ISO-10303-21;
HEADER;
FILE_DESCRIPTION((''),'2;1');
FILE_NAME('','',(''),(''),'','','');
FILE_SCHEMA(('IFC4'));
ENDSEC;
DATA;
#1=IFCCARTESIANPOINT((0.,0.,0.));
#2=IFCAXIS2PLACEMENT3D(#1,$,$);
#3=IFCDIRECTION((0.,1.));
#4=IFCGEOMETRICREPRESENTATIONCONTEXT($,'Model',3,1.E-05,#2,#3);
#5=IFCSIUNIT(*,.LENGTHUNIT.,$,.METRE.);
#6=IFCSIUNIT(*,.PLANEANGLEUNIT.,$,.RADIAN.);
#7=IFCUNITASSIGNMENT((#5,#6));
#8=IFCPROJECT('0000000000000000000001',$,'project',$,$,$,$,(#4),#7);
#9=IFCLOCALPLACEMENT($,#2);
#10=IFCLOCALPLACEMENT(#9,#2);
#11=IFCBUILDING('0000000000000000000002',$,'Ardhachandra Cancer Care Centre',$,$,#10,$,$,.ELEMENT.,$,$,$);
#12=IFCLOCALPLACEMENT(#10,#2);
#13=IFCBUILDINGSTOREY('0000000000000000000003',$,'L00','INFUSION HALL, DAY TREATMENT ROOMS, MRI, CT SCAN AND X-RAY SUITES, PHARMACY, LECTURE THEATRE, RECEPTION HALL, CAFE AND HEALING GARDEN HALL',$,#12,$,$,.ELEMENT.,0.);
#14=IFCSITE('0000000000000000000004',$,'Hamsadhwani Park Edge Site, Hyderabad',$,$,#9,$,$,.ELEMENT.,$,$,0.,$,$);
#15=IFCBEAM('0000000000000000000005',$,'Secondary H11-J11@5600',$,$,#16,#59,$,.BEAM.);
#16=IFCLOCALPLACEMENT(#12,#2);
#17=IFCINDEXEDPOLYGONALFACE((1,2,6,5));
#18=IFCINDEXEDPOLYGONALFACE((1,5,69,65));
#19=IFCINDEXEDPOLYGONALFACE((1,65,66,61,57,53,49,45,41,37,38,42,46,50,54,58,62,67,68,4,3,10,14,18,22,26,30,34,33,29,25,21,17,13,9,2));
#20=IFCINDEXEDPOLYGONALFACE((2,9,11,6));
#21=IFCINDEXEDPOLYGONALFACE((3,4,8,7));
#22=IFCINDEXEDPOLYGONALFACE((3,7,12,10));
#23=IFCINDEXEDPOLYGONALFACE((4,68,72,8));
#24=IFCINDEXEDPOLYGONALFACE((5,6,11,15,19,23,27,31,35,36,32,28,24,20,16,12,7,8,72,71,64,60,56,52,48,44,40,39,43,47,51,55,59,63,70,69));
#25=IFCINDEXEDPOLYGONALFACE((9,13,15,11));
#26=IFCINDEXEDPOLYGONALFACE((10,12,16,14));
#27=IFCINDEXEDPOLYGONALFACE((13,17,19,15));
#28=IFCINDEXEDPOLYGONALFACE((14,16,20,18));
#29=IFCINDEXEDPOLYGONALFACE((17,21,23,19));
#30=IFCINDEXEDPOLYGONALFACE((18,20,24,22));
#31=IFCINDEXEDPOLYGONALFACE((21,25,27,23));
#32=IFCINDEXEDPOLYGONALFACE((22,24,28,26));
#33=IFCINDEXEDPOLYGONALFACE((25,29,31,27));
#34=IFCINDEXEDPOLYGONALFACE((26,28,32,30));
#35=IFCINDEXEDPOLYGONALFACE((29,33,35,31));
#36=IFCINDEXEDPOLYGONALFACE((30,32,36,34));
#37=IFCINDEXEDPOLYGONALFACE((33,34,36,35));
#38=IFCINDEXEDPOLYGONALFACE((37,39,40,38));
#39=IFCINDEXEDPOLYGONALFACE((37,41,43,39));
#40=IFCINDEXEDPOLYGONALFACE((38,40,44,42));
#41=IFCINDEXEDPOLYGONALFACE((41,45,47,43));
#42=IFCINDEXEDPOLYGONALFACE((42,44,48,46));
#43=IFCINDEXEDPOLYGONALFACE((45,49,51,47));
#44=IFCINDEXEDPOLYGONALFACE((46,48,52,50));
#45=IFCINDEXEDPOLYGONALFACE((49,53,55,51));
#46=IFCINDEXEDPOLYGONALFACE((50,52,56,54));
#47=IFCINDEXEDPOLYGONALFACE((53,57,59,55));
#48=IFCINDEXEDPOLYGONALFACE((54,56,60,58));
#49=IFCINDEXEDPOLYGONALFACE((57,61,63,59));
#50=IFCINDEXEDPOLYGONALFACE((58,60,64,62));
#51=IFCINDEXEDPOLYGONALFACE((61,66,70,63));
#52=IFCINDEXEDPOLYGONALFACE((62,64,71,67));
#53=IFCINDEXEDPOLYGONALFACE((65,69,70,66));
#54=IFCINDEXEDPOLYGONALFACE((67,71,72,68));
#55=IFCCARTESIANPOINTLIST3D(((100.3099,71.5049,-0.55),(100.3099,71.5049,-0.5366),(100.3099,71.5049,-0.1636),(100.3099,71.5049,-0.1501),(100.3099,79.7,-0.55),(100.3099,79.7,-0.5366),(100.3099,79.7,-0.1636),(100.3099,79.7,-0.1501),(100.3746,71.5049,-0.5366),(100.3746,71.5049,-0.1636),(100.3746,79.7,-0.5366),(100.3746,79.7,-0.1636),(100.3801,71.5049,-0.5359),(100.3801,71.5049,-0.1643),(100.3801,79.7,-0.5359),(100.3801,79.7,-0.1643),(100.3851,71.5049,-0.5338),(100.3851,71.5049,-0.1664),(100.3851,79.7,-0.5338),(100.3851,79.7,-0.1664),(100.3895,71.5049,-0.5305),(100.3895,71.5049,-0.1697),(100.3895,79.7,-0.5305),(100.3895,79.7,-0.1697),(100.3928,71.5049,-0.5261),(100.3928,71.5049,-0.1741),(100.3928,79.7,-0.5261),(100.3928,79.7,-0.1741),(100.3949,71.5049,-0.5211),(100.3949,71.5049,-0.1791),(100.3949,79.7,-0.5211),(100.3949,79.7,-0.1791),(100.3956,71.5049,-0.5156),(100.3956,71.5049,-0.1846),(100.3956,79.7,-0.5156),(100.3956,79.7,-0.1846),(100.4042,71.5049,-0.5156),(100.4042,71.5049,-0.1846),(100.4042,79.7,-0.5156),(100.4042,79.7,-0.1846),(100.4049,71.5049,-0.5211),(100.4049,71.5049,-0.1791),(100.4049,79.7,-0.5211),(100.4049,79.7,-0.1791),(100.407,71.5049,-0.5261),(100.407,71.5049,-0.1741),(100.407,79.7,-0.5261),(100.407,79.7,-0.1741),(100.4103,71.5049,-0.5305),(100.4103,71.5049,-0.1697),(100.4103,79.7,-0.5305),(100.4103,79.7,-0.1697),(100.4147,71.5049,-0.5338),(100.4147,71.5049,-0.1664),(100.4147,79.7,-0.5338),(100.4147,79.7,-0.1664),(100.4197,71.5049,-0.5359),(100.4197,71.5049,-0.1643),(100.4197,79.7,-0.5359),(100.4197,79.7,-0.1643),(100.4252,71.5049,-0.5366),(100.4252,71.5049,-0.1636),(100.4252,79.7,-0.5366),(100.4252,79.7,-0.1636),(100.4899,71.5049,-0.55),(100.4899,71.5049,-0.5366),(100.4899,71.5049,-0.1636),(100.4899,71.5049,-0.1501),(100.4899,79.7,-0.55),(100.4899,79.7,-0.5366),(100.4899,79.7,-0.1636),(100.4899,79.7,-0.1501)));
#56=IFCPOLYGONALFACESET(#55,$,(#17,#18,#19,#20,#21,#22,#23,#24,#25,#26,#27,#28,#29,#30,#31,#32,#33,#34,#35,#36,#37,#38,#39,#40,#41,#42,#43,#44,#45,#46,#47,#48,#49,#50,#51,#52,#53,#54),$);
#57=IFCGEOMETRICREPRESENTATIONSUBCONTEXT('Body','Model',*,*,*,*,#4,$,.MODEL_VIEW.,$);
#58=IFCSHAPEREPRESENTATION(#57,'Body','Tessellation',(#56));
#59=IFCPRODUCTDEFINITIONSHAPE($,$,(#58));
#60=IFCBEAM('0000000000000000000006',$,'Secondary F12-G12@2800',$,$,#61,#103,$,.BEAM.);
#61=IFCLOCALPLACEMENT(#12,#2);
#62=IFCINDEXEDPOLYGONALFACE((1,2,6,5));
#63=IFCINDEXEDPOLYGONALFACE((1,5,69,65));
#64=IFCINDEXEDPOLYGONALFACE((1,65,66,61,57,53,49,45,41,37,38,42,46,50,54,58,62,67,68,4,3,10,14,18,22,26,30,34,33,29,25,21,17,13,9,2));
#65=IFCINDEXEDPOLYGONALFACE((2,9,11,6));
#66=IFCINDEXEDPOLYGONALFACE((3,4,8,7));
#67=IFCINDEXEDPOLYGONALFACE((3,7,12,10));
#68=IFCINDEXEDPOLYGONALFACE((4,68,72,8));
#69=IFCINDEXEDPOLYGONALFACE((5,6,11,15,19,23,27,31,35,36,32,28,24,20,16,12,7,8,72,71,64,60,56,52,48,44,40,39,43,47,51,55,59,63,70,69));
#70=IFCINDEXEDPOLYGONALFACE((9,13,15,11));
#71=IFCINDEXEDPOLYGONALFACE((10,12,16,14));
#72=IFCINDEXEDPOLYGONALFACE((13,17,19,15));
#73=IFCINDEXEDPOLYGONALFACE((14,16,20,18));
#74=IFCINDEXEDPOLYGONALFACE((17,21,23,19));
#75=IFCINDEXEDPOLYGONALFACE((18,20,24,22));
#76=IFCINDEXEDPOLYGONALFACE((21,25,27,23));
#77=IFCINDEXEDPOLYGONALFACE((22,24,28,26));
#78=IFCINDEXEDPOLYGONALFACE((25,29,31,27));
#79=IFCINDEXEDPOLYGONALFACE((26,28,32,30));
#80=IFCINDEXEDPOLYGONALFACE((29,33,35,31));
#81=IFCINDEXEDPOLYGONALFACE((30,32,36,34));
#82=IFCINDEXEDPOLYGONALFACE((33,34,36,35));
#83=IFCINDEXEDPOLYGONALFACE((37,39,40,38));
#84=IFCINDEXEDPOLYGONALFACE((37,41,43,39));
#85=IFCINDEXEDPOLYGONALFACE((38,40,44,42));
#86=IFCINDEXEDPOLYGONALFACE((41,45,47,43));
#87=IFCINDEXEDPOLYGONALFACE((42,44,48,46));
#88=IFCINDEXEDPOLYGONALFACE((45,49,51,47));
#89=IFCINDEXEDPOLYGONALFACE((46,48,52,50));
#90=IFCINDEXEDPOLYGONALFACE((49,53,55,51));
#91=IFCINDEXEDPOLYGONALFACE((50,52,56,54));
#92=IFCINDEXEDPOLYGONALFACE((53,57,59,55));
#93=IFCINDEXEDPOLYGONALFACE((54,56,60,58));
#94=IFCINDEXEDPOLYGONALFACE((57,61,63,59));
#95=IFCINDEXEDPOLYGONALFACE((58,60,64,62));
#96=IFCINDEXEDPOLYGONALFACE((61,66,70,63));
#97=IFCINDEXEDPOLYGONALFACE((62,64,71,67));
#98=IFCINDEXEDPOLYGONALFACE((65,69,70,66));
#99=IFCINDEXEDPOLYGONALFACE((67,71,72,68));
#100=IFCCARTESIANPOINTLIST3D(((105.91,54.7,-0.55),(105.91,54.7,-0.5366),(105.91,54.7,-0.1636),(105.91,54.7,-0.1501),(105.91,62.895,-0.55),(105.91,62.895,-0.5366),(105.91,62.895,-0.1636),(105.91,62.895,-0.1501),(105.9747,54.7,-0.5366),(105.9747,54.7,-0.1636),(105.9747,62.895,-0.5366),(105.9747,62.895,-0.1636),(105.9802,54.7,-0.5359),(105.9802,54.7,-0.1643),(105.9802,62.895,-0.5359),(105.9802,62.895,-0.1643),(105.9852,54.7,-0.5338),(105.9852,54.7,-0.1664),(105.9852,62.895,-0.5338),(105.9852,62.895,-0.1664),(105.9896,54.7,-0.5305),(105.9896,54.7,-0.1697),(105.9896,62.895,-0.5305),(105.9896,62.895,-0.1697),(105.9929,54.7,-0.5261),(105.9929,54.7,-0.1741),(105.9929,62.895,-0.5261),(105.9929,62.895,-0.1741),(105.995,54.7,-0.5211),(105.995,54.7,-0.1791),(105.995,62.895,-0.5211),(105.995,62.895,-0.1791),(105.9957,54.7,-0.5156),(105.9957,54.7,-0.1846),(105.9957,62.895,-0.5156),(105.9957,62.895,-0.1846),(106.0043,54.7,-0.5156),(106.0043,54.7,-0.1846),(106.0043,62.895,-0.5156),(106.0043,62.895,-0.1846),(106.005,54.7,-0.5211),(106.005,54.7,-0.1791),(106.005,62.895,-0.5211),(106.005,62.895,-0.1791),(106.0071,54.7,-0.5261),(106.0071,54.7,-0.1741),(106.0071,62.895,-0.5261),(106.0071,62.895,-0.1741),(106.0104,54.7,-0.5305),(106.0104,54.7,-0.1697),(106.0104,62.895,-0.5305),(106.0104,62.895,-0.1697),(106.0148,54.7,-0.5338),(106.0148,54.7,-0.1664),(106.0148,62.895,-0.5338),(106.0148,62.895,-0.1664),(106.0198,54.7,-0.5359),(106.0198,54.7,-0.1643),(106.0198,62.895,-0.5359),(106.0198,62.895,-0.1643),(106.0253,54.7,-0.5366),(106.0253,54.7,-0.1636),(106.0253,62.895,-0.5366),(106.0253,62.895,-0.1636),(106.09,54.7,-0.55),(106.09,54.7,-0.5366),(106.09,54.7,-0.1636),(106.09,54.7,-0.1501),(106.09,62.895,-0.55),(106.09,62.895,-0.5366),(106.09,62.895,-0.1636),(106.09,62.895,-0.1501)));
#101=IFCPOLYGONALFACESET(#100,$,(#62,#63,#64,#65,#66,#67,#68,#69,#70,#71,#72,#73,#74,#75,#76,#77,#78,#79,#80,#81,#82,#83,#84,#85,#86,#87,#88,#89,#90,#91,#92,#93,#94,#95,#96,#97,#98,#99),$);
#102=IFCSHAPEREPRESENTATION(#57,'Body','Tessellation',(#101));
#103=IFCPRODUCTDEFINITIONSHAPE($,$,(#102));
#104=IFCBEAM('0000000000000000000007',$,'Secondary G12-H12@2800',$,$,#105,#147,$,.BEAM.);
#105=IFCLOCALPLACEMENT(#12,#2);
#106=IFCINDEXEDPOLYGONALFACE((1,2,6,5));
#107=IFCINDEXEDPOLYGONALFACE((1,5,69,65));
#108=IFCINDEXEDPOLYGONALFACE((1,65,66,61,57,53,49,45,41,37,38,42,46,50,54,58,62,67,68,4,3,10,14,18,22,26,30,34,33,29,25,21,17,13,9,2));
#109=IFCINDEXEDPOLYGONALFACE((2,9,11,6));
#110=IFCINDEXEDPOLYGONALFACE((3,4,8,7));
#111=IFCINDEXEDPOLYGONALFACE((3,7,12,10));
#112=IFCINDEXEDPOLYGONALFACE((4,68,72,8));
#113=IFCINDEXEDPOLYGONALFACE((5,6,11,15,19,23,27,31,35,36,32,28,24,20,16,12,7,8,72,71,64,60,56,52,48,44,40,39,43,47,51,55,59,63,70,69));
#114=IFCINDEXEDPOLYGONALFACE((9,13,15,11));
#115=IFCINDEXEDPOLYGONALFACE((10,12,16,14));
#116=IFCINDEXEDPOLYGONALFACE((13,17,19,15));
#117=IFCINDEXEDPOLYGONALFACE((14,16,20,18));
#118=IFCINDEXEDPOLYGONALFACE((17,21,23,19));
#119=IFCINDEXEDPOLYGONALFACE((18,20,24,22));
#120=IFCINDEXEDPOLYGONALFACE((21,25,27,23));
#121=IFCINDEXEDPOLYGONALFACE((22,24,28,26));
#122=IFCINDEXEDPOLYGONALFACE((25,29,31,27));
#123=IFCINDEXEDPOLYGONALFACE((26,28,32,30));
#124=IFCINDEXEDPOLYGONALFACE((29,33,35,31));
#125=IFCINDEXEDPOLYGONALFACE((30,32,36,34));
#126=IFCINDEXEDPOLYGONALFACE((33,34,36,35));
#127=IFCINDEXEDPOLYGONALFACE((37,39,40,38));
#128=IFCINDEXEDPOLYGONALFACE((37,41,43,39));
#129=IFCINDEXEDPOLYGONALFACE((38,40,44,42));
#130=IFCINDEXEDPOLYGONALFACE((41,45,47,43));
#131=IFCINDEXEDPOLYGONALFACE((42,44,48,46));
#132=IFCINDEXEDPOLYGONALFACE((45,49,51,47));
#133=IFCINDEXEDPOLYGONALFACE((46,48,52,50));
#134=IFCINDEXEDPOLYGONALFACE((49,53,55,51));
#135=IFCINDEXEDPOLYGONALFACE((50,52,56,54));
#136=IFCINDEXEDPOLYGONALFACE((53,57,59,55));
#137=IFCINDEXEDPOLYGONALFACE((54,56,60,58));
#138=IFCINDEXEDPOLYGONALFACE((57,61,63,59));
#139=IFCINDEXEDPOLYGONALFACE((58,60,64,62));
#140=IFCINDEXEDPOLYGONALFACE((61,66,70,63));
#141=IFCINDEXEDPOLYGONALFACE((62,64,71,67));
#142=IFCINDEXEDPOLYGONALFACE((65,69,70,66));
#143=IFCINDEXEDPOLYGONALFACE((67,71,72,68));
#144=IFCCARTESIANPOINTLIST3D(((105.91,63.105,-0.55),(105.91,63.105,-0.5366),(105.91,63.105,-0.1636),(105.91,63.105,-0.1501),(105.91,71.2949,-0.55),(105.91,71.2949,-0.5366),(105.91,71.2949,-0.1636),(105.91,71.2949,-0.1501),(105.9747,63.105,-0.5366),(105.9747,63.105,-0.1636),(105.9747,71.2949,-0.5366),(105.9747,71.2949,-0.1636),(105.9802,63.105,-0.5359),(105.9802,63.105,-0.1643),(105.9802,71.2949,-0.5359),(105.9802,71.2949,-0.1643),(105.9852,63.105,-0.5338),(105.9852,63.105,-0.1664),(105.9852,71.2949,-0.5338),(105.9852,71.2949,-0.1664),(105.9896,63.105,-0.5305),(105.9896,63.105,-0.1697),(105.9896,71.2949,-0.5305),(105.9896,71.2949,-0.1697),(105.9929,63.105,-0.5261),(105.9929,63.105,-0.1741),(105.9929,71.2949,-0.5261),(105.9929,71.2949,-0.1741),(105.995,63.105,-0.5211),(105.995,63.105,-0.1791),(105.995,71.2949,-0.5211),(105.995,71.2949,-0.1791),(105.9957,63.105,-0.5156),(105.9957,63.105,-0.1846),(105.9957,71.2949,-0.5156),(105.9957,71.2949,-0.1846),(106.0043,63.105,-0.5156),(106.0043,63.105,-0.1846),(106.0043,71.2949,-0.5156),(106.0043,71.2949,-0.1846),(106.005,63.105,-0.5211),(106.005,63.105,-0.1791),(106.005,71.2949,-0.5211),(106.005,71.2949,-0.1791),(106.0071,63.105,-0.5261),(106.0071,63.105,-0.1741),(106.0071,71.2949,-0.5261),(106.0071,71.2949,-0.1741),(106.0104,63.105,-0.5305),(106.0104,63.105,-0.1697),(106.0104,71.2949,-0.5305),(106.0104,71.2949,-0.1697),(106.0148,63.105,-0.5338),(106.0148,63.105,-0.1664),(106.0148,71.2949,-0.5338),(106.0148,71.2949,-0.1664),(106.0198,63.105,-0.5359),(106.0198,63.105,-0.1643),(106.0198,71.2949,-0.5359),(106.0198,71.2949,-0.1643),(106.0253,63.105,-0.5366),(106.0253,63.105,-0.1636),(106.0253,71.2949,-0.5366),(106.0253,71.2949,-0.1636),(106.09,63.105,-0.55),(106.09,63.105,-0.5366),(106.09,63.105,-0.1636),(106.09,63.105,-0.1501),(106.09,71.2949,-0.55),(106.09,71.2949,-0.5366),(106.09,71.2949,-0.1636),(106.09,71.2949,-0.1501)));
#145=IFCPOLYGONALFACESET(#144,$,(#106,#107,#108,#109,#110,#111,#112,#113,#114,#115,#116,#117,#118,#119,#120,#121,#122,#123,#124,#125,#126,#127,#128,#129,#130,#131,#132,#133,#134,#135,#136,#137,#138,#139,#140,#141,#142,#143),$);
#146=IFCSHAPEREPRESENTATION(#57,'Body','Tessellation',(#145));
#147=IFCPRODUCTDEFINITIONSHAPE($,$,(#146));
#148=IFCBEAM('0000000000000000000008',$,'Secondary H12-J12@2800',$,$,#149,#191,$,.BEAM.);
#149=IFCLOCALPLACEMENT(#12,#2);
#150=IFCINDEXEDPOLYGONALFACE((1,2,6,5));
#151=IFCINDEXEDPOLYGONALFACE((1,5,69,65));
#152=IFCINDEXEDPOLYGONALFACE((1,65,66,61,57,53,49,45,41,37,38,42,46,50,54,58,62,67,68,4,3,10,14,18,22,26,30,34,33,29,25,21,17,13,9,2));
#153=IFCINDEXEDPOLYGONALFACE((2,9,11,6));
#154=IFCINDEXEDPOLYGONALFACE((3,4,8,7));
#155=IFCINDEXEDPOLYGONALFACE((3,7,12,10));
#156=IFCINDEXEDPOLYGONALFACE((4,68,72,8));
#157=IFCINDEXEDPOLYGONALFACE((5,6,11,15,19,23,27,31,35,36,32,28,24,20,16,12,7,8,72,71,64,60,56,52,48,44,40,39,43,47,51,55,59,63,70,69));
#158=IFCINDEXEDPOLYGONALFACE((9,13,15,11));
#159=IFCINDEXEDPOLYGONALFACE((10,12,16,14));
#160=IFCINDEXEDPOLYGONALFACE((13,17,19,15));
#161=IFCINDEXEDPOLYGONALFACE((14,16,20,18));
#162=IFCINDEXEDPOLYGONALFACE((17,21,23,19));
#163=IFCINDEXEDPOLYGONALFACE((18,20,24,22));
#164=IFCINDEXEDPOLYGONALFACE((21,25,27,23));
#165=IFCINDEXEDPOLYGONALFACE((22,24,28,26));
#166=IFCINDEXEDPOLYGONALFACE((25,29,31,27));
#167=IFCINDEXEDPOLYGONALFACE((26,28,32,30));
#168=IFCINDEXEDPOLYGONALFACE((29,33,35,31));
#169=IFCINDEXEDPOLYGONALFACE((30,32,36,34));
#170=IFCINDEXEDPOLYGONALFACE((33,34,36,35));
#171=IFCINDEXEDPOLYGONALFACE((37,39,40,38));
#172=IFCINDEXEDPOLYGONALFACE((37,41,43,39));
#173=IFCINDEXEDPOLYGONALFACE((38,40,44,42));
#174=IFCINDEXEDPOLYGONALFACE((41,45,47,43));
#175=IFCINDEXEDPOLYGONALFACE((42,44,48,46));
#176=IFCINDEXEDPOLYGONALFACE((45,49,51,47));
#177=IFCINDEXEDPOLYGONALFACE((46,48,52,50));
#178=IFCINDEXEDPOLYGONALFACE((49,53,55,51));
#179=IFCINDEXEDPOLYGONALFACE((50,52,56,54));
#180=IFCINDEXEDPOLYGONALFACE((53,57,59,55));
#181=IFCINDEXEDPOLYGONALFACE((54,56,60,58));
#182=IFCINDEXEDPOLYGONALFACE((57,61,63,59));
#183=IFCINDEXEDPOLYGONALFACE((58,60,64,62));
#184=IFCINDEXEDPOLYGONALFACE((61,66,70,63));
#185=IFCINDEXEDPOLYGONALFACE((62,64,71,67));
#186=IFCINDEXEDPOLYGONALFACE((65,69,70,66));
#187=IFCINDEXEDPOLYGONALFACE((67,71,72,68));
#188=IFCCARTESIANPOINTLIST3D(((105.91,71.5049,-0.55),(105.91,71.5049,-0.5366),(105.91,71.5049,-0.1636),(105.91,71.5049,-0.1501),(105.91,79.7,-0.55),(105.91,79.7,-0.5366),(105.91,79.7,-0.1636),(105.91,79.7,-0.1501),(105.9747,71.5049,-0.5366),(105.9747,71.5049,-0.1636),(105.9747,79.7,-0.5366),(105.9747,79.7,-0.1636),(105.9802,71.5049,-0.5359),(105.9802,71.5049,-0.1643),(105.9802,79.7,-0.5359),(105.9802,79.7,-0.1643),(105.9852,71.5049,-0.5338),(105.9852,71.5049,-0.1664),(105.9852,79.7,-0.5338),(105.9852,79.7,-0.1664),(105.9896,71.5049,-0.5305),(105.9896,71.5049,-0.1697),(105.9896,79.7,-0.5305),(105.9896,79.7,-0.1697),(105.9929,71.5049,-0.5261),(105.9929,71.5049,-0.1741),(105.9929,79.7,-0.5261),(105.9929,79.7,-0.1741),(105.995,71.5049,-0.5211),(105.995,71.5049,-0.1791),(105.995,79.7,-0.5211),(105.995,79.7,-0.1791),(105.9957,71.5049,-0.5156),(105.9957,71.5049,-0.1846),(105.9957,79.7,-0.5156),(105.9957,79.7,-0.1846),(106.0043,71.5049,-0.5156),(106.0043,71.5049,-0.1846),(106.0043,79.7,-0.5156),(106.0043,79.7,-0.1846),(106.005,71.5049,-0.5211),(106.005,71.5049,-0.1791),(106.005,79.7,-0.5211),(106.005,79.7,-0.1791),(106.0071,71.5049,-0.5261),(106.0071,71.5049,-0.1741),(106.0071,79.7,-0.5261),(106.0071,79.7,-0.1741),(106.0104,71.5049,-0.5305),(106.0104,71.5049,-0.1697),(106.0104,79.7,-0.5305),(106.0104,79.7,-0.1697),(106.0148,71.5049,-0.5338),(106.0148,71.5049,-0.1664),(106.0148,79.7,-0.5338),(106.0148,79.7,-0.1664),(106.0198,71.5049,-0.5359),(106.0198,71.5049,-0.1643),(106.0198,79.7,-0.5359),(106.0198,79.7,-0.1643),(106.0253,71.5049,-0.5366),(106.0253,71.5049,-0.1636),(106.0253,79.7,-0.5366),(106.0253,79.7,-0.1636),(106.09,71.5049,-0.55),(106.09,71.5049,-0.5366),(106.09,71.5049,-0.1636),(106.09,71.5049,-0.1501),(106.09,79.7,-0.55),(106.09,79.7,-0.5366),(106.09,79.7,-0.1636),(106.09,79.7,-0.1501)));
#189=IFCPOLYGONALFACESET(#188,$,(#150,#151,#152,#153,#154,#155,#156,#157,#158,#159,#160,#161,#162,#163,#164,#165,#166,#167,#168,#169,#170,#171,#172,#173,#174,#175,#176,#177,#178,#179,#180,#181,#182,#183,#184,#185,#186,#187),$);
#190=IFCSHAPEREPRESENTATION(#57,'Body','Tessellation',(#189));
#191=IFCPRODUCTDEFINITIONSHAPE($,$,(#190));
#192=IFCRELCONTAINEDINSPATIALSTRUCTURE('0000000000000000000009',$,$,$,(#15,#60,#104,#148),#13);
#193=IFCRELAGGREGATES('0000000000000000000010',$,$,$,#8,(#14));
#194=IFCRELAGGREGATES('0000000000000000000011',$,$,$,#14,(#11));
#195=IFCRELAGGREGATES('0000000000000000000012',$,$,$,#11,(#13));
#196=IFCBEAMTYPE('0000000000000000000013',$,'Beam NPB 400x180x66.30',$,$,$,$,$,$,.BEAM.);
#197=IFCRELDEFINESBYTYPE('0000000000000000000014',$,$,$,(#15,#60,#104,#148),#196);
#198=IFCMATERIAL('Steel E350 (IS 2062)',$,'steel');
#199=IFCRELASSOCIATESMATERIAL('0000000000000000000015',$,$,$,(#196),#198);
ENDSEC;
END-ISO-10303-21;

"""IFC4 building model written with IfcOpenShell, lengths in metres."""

from ifc_helpers import new_model, si_unit, direction, frame, origin, origin_2d, place, context, subcontext, project, spatial, i_section, extrude, material, material_profile, profile_set, type_object, element, save


model = new_model("IFC4")

# Units and contexts
model_context = context("Model", 3, precision=1e-05, world=origin(), true_north=direction((0.0, 1.0)))
body_context = subcontext(model_context, "Body", "Model", "MODEL_VIEW")
ifc_project = project(units=[si_unit("LENGTHUNIT", "METRE"), si_unit("PLANEANGLEUNIT", "RADIAN")], contexts=[model_context])

# Site, building, storey
site_placement = place(None, origin())
site = spatial("IfcSite", under=ifc_project, at=site_placement, Name="Hamsadhwani Park Edge Site, Hyderabad", CompositionType="ELEMENT", RefElevation=0.0)
building_placement = place(site_placement, origin())
building = spatial("IfcBuilding", under=site, at=building_placement, Name="Ardhachandra Cancer Care Centre", CompositionType="ELEMENT")
storey_placement = place(building_placement, origin())
storey = spatial("IfcBuildingStorey", under=building, at=storey_placement, Name="L00", Description="INFUSION HALL, DAY TREATMENT ROOMS, MRI, CT SCAN AND X-RAY SUITES, PHARMACY, LECTURE THEATRE, RECEPTION HALL, CAFE AND HEALING GARDEN HALL", CompositionType="ELEMENT", Elevation=0.0)

# Beams
ifc_material_1 = material(Name="Steel E350 (IS 2062)", Category="steel")
ifc_material_profile_1 = material_profile(ifc_material_1, i_section(OverallWidth=0.1799, OverallDepth=0.3999, WebThickness=0.0085, FlangeThickness=0.0134, FilletRadius=0.021, at=origin_2d()), Name="NPB 400x180x66.30")
ifc_profile_set_1 = profile_set([ifc_material_profile_1], Name="Steel E350 (IS 2062)")
beam_type_1 = type_object("IfcBeamType", Name="Beam NPB 400x180x66.30", PredefinedType="BEAM", material=ifc_profile_set_1)
for number, where, z_axis, x_axis, name in (
    (1, (100.3999, 71.5049, -0.3501), (0.0, 1.0, 0.0), (-1.0, 0.0, 0.0), "Secondary H11-J11@5600"),
    (2, (106.0, 54.7, -0.3501), (0.0, 1.0, 0.0), (-1.0, 0.0, 0.0), "Secondary F12-G12@2800"),
):
    element("IfcBeam", number, at=place(storey_placement, frame(where, z_axis=z_axis, x_axis=x_axis)), inside=storey, type_object=beam_type_1, Name=name, PredefinedType="BEAM", context=body_context, shape_type="SweptSolid", body=[
        extrude(i_section(OverallWidth=0.1799, OverallDepth=0.3999, WebThickness=0.0085, FlangeThickness=0.0134, FilletRadius=0.021, at=origin_2d()), origin(), (0.0, 0.0, 1.0), 8.1951),
    ])
beam_1_placement = place(storey_placement, frame((106.0, 63.105, -0.3501), z_axis=(0.0, 1.0, 0.0), x_axis=(-1.0, 0.0, 0.0)))
element("IfcBeam", 3, at=beam_1_placement, inside=storey, type_object=beam_type_1, Name="Secondary G12-H12@2800", PredefinedType="BEAM", context=body_context, shape_type="SweptSolid", body=[
    extrude(i_section(OverallWidth=0.1799, OverallDepth=0.3999, WebThickness=0.0085, FlangeThickness=0.0134, FilletRadius=0.021, at=origin_2d()), origin(), (0.0, 0.0, 1.0), 8.1899),
])
for number, where, z_axis, x_axis, name in (
    (4, (106.0, 71.5049, -0.3501), (0.0, 1.0, 0.0), (-1.0, 0.0, 0.0), "Secondary H12-J12@2800"),
):
    element("IfcBeam", number, at=place(storey_placement, frame(where, z_axis=z_axis, x_axis=x_axis)), inside=storey, type_object=beam_type_1, Name=name, PredefinedType="BEAM", context=body_context, shape_type="SweptSolid", body=[
        extrude(i_section(OverallWidth=0.1799, OverallDepth=0.3999, WebThickness=0.0085, FlangeThickness=0.0134, FilletRadius=0.021, at=origin_2d()), origin(), (0.0, 0.0, 1.0), 8.1951),
    ])

save(model, "model.ifc")
